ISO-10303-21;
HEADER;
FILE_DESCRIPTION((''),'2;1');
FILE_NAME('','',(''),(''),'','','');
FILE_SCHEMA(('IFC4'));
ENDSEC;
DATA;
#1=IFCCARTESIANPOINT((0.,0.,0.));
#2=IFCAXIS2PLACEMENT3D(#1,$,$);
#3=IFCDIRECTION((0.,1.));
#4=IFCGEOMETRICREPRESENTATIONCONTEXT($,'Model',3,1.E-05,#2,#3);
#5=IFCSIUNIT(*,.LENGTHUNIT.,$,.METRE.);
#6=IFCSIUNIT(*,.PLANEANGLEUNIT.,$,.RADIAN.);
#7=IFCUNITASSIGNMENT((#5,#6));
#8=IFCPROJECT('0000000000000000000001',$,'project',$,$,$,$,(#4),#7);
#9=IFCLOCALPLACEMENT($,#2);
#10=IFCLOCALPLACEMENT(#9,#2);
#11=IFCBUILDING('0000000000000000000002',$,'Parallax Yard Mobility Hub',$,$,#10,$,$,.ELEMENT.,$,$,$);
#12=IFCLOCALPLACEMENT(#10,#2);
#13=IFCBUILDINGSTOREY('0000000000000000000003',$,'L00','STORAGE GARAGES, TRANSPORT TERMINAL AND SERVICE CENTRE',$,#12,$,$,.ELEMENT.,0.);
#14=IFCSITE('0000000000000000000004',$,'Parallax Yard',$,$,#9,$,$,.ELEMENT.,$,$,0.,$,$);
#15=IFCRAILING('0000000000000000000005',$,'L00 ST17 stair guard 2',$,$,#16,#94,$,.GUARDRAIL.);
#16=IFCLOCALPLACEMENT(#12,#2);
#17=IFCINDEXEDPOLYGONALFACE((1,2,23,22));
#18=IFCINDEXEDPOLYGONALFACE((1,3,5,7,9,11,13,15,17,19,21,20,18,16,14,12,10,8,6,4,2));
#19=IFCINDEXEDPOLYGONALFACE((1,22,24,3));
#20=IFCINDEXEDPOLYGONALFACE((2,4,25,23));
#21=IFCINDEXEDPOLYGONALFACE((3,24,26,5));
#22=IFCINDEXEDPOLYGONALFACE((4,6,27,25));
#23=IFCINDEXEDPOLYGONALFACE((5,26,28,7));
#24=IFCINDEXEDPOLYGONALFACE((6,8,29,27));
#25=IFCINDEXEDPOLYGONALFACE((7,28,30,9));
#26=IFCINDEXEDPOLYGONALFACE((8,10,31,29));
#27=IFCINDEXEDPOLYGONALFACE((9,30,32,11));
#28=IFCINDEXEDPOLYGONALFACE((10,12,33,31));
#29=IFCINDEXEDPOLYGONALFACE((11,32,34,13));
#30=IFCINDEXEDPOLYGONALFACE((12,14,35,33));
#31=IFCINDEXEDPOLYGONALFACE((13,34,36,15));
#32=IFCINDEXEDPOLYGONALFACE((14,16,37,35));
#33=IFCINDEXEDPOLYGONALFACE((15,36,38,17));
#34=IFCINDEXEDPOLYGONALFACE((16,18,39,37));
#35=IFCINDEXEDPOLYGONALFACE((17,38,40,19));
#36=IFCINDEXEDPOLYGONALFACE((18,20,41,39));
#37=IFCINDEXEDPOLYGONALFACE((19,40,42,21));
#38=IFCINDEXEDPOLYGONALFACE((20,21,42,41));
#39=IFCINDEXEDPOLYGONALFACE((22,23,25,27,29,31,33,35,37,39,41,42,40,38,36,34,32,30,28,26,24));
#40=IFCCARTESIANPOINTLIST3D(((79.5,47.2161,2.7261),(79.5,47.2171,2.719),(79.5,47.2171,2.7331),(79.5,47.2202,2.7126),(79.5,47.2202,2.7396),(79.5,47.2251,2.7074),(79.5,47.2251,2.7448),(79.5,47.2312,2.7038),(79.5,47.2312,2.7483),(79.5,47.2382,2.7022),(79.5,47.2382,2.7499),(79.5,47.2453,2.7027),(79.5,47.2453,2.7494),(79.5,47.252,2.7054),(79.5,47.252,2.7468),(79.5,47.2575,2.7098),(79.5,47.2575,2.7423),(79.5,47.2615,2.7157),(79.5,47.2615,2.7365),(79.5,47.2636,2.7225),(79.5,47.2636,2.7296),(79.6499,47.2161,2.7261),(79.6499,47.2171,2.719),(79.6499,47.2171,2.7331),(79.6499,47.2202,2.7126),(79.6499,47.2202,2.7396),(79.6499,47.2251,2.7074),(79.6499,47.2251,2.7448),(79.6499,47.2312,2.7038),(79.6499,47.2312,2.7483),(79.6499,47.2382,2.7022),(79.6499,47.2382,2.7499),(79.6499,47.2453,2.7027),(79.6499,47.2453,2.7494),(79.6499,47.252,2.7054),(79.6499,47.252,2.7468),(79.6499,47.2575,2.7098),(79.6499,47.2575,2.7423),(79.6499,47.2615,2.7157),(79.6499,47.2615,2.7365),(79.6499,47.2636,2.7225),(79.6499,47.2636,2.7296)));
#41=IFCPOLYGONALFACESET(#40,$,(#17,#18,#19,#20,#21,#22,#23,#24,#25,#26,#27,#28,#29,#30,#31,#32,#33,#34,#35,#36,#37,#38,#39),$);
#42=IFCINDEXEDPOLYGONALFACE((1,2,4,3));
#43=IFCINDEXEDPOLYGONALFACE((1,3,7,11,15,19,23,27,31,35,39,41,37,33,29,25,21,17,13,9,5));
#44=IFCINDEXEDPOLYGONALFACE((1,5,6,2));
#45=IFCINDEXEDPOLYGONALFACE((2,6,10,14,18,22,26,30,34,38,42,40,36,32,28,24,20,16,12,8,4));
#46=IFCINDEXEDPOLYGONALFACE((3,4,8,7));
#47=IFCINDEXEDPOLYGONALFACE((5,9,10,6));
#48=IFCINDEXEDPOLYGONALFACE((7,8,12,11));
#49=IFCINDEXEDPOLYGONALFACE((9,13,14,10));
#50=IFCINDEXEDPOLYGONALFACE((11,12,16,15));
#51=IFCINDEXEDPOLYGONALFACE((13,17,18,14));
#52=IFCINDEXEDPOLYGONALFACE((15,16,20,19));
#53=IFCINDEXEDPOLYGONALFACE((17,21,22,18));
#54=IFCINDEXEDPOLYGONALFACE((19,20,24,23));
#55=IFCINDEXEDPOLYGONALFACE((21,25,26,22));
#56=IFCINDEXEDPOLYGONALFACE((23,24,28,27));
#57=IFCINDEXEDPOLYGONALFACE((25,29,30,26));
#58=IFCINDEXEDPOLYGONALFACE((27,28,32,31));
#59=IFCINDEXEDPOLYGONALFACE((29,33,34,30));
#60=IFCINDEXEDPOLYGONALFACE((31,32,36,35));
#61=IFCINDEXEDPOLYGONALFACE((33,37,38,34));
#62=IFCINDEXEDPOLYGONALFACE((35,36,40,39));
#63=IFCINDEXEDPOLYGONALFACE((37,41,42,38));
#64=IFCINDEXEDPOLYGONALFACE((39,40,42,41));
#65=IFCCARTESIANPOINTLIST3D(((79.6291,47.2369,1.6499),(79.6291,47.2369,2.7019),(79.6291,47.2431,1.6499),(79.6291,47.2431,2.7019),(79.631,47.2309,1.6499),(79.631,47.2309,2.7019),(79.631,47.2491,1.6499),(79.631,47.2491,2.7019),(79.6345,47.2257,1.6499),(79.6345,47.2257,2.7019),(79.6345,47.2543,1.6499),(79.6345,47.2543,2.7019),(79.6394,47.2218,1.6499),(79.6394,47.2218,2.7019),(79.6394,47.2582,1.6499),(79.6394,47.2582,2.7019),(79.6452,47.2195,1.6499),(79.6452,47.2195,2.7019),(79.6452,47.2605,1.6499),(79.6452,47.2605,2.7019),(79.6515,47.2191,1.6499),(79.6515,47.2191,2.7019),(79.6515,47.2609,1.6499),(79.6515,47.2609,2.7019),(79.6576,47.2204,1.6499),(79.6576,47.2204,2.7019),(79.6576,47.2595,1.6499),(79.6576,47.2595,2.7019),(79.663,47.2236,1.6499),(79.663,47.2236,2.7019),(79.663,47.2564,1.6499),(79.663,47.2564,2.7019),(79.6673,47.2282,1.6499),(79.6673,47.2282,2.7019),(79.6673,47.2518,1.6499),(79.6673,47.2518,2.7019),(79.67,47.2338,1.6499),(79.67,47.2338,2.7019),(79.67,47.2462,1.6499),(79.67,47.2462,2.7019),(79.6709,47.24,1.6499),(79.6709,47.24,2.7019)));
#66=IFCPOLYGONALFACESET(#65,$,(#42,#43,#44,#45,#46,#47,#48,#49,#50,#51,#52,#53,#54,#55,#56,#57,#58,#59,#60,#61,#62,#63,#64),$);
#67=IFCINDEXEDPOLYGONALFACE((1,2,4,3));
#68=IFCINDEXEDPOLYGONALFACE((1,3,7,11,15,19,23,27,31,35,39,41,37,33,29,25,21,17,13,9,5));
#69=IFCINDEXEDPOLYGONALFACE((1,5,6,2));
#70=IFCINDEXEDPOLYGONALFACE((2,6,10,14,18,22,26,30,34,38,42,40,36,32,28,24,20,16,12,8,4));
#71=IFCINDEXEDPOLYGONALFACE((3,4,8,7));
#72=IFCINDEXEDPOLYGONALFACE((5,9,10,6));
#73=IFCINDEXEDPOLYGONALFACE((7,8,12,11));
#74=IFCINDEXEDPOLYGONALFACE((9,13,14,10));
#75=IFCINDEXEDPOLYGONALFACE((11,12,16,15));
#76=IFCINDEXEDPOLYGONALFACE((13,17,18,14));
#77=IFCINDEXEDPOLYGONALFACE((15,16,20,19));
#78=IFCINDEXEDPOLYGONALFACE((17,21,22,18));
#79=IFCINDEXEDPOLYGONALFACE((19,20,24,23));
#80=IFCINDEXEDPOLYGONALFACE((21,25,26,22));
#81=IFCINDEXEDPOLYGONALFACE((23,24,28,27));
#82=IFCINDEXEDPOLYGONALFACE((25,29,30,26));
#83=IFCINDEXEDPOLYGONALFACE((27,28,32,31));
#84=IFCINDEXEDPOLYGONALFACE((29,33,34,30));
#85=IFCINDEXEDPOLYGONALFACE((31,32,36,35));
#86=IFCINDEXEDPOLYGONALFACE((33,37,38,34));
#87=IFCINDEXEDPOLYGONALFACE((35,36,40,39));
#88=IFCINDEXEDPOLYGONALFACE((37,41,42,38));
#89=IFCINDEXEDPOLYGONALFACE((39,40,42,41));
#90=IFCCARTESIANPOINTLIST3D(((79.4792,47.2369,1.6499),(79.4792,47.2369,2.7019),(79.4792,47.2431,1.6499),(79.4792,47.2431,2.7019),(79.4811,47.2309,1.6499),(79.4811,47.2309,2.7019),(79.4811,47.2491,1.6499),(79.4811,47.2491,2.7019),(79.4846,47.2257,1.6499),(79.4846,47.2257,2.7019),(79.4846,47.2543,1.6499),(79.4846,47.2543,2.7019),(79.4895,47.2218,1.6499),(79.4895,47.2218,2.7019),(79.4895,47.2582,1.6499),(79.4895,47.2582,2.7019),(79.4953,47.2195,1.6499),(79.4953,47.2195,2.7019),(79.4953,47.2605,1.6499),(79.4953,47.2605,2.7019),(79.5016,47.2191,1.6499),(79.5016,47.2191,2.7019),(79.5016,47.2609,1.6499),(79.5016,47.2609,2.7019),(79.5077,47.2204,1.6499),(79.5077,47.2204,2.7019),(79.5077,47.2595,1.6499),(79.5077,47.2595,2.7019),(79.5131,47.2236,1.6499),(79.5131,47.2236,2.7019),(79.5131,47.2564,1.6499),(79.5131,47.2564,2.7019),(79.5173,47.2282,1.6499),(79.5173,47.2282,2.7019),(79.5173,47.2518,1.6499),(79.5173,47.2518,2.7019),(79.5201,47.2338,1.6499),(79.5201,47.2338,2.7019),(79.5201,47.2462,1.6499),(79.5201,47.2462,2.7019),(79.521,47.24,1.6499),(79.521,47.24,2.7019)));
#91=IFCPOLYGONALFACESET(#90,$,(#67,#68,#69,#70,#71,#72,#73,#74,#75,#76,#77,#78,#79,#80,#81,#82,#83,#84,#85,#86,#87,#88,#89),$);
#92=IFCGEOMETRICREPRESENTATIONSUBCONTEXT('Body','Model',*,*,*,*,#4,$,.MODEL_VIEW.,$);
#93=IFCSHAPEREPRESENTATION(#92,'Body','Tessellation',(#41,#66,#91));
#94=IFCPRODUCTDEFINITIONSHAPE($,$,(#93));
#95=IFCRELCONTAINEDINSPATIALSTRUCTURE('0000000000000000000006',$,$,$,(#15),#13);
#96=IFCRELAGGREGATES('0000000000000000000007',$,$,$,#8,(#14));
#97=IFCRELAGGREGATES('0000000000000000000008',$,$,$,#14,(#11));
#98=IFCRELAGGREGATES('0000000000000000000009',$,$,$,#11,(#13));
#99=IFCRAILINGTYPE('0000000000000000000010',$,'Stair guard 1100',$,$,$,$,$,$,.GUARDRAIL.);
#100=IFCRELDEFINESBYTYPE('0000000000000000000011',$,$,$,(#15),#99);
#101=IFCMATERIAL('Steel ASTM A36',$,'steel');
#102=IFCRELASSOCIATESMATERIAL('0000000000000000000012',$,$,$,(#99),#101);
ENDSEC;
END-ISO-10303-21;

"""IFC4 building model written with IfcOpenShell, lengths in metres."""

from ifc_helpers import new_model, si_unit, direction, frame, origin, origin_2d, place, context, subcontext, project, spatial, circle, extrude, material, type_object, element, save


model = new_model("IFC4")

# Units and contexts
model_context = context("Model", 3, precision=1e-05, world=origin(), true_north=direction((0.0, 1.0)))
body_context = subcontext(model_context, "Body", "Model", "MODEL_VIEW")
ifc_project = project(units=[si_unit("LENGTHUNIT", "METRE"), si_unit("PLANEANGLEUNIT", "RADIAN")], contexts=[model_context])

# Site, building, storey
site_placement = place(None, origin())
site = spatial("IfcSite", under=ifc_project, at=site_placement, Name="Parallax Yard", CompositionType="ELEMENT", RefElevation=0.0)
building_placement = place(site_placement, origin())
building = spatial("IfcBuilding", under=site, at=building_placement, Name="Parallax Yard Mobility Hub", CompositionType="ELEMENT")
storey_placement = place(building_placement, origin())
storey = spatial("IfcBuildingStorey", under=building, at=storey_placement, Name="L00", Description="STORAGE GARAGES, TRANSPORT TERMINAL AND SERVICE CENTRE", CompositionType="ELEMENT", Elevation=0.0)

# Railing
ifc_material_1 = material(Name="Steel ASTM A36", Category="steel")
railing_type_1 = type_object("IfcRailingType", Name="Stair guard 1100", PredefinedType="GUARDRAIL", material=ifc_material_1)
railing_1_placement = place(storey_placement, frame((79.6499, 47.24, 1.6499)))
element("IfcRailing", 1, at=railing_1_placement, inside=storey, type_object=railing_type_1, Name="L00 ST17 stair guard 2", PredefinedType="GUARDRAIL", context=body_context, shape_type="SweptSolid", body=[
    extrude(circle(Radius=0.0239, at=origin_2d()), frame((0.0, 0.0, 1.0762), z_axis=(-1.0, 0.0, 0.0), x_axis=(0.0, -1.0, 0.0)), (0.0, 0.0, 1.0), 0.1499),
    extrude(circle(Radius=0.021, at=origin_2d()), origin(), (0.0, 0.0, 1.0), 1.052),
    extrude(circle(Radius=0.021, at=origin_2d()), frame((-0.1499, 0.0, 0.0)), (0.0, 0.0, 1.0), 1.052),
])

save(model, "model.ifc")
